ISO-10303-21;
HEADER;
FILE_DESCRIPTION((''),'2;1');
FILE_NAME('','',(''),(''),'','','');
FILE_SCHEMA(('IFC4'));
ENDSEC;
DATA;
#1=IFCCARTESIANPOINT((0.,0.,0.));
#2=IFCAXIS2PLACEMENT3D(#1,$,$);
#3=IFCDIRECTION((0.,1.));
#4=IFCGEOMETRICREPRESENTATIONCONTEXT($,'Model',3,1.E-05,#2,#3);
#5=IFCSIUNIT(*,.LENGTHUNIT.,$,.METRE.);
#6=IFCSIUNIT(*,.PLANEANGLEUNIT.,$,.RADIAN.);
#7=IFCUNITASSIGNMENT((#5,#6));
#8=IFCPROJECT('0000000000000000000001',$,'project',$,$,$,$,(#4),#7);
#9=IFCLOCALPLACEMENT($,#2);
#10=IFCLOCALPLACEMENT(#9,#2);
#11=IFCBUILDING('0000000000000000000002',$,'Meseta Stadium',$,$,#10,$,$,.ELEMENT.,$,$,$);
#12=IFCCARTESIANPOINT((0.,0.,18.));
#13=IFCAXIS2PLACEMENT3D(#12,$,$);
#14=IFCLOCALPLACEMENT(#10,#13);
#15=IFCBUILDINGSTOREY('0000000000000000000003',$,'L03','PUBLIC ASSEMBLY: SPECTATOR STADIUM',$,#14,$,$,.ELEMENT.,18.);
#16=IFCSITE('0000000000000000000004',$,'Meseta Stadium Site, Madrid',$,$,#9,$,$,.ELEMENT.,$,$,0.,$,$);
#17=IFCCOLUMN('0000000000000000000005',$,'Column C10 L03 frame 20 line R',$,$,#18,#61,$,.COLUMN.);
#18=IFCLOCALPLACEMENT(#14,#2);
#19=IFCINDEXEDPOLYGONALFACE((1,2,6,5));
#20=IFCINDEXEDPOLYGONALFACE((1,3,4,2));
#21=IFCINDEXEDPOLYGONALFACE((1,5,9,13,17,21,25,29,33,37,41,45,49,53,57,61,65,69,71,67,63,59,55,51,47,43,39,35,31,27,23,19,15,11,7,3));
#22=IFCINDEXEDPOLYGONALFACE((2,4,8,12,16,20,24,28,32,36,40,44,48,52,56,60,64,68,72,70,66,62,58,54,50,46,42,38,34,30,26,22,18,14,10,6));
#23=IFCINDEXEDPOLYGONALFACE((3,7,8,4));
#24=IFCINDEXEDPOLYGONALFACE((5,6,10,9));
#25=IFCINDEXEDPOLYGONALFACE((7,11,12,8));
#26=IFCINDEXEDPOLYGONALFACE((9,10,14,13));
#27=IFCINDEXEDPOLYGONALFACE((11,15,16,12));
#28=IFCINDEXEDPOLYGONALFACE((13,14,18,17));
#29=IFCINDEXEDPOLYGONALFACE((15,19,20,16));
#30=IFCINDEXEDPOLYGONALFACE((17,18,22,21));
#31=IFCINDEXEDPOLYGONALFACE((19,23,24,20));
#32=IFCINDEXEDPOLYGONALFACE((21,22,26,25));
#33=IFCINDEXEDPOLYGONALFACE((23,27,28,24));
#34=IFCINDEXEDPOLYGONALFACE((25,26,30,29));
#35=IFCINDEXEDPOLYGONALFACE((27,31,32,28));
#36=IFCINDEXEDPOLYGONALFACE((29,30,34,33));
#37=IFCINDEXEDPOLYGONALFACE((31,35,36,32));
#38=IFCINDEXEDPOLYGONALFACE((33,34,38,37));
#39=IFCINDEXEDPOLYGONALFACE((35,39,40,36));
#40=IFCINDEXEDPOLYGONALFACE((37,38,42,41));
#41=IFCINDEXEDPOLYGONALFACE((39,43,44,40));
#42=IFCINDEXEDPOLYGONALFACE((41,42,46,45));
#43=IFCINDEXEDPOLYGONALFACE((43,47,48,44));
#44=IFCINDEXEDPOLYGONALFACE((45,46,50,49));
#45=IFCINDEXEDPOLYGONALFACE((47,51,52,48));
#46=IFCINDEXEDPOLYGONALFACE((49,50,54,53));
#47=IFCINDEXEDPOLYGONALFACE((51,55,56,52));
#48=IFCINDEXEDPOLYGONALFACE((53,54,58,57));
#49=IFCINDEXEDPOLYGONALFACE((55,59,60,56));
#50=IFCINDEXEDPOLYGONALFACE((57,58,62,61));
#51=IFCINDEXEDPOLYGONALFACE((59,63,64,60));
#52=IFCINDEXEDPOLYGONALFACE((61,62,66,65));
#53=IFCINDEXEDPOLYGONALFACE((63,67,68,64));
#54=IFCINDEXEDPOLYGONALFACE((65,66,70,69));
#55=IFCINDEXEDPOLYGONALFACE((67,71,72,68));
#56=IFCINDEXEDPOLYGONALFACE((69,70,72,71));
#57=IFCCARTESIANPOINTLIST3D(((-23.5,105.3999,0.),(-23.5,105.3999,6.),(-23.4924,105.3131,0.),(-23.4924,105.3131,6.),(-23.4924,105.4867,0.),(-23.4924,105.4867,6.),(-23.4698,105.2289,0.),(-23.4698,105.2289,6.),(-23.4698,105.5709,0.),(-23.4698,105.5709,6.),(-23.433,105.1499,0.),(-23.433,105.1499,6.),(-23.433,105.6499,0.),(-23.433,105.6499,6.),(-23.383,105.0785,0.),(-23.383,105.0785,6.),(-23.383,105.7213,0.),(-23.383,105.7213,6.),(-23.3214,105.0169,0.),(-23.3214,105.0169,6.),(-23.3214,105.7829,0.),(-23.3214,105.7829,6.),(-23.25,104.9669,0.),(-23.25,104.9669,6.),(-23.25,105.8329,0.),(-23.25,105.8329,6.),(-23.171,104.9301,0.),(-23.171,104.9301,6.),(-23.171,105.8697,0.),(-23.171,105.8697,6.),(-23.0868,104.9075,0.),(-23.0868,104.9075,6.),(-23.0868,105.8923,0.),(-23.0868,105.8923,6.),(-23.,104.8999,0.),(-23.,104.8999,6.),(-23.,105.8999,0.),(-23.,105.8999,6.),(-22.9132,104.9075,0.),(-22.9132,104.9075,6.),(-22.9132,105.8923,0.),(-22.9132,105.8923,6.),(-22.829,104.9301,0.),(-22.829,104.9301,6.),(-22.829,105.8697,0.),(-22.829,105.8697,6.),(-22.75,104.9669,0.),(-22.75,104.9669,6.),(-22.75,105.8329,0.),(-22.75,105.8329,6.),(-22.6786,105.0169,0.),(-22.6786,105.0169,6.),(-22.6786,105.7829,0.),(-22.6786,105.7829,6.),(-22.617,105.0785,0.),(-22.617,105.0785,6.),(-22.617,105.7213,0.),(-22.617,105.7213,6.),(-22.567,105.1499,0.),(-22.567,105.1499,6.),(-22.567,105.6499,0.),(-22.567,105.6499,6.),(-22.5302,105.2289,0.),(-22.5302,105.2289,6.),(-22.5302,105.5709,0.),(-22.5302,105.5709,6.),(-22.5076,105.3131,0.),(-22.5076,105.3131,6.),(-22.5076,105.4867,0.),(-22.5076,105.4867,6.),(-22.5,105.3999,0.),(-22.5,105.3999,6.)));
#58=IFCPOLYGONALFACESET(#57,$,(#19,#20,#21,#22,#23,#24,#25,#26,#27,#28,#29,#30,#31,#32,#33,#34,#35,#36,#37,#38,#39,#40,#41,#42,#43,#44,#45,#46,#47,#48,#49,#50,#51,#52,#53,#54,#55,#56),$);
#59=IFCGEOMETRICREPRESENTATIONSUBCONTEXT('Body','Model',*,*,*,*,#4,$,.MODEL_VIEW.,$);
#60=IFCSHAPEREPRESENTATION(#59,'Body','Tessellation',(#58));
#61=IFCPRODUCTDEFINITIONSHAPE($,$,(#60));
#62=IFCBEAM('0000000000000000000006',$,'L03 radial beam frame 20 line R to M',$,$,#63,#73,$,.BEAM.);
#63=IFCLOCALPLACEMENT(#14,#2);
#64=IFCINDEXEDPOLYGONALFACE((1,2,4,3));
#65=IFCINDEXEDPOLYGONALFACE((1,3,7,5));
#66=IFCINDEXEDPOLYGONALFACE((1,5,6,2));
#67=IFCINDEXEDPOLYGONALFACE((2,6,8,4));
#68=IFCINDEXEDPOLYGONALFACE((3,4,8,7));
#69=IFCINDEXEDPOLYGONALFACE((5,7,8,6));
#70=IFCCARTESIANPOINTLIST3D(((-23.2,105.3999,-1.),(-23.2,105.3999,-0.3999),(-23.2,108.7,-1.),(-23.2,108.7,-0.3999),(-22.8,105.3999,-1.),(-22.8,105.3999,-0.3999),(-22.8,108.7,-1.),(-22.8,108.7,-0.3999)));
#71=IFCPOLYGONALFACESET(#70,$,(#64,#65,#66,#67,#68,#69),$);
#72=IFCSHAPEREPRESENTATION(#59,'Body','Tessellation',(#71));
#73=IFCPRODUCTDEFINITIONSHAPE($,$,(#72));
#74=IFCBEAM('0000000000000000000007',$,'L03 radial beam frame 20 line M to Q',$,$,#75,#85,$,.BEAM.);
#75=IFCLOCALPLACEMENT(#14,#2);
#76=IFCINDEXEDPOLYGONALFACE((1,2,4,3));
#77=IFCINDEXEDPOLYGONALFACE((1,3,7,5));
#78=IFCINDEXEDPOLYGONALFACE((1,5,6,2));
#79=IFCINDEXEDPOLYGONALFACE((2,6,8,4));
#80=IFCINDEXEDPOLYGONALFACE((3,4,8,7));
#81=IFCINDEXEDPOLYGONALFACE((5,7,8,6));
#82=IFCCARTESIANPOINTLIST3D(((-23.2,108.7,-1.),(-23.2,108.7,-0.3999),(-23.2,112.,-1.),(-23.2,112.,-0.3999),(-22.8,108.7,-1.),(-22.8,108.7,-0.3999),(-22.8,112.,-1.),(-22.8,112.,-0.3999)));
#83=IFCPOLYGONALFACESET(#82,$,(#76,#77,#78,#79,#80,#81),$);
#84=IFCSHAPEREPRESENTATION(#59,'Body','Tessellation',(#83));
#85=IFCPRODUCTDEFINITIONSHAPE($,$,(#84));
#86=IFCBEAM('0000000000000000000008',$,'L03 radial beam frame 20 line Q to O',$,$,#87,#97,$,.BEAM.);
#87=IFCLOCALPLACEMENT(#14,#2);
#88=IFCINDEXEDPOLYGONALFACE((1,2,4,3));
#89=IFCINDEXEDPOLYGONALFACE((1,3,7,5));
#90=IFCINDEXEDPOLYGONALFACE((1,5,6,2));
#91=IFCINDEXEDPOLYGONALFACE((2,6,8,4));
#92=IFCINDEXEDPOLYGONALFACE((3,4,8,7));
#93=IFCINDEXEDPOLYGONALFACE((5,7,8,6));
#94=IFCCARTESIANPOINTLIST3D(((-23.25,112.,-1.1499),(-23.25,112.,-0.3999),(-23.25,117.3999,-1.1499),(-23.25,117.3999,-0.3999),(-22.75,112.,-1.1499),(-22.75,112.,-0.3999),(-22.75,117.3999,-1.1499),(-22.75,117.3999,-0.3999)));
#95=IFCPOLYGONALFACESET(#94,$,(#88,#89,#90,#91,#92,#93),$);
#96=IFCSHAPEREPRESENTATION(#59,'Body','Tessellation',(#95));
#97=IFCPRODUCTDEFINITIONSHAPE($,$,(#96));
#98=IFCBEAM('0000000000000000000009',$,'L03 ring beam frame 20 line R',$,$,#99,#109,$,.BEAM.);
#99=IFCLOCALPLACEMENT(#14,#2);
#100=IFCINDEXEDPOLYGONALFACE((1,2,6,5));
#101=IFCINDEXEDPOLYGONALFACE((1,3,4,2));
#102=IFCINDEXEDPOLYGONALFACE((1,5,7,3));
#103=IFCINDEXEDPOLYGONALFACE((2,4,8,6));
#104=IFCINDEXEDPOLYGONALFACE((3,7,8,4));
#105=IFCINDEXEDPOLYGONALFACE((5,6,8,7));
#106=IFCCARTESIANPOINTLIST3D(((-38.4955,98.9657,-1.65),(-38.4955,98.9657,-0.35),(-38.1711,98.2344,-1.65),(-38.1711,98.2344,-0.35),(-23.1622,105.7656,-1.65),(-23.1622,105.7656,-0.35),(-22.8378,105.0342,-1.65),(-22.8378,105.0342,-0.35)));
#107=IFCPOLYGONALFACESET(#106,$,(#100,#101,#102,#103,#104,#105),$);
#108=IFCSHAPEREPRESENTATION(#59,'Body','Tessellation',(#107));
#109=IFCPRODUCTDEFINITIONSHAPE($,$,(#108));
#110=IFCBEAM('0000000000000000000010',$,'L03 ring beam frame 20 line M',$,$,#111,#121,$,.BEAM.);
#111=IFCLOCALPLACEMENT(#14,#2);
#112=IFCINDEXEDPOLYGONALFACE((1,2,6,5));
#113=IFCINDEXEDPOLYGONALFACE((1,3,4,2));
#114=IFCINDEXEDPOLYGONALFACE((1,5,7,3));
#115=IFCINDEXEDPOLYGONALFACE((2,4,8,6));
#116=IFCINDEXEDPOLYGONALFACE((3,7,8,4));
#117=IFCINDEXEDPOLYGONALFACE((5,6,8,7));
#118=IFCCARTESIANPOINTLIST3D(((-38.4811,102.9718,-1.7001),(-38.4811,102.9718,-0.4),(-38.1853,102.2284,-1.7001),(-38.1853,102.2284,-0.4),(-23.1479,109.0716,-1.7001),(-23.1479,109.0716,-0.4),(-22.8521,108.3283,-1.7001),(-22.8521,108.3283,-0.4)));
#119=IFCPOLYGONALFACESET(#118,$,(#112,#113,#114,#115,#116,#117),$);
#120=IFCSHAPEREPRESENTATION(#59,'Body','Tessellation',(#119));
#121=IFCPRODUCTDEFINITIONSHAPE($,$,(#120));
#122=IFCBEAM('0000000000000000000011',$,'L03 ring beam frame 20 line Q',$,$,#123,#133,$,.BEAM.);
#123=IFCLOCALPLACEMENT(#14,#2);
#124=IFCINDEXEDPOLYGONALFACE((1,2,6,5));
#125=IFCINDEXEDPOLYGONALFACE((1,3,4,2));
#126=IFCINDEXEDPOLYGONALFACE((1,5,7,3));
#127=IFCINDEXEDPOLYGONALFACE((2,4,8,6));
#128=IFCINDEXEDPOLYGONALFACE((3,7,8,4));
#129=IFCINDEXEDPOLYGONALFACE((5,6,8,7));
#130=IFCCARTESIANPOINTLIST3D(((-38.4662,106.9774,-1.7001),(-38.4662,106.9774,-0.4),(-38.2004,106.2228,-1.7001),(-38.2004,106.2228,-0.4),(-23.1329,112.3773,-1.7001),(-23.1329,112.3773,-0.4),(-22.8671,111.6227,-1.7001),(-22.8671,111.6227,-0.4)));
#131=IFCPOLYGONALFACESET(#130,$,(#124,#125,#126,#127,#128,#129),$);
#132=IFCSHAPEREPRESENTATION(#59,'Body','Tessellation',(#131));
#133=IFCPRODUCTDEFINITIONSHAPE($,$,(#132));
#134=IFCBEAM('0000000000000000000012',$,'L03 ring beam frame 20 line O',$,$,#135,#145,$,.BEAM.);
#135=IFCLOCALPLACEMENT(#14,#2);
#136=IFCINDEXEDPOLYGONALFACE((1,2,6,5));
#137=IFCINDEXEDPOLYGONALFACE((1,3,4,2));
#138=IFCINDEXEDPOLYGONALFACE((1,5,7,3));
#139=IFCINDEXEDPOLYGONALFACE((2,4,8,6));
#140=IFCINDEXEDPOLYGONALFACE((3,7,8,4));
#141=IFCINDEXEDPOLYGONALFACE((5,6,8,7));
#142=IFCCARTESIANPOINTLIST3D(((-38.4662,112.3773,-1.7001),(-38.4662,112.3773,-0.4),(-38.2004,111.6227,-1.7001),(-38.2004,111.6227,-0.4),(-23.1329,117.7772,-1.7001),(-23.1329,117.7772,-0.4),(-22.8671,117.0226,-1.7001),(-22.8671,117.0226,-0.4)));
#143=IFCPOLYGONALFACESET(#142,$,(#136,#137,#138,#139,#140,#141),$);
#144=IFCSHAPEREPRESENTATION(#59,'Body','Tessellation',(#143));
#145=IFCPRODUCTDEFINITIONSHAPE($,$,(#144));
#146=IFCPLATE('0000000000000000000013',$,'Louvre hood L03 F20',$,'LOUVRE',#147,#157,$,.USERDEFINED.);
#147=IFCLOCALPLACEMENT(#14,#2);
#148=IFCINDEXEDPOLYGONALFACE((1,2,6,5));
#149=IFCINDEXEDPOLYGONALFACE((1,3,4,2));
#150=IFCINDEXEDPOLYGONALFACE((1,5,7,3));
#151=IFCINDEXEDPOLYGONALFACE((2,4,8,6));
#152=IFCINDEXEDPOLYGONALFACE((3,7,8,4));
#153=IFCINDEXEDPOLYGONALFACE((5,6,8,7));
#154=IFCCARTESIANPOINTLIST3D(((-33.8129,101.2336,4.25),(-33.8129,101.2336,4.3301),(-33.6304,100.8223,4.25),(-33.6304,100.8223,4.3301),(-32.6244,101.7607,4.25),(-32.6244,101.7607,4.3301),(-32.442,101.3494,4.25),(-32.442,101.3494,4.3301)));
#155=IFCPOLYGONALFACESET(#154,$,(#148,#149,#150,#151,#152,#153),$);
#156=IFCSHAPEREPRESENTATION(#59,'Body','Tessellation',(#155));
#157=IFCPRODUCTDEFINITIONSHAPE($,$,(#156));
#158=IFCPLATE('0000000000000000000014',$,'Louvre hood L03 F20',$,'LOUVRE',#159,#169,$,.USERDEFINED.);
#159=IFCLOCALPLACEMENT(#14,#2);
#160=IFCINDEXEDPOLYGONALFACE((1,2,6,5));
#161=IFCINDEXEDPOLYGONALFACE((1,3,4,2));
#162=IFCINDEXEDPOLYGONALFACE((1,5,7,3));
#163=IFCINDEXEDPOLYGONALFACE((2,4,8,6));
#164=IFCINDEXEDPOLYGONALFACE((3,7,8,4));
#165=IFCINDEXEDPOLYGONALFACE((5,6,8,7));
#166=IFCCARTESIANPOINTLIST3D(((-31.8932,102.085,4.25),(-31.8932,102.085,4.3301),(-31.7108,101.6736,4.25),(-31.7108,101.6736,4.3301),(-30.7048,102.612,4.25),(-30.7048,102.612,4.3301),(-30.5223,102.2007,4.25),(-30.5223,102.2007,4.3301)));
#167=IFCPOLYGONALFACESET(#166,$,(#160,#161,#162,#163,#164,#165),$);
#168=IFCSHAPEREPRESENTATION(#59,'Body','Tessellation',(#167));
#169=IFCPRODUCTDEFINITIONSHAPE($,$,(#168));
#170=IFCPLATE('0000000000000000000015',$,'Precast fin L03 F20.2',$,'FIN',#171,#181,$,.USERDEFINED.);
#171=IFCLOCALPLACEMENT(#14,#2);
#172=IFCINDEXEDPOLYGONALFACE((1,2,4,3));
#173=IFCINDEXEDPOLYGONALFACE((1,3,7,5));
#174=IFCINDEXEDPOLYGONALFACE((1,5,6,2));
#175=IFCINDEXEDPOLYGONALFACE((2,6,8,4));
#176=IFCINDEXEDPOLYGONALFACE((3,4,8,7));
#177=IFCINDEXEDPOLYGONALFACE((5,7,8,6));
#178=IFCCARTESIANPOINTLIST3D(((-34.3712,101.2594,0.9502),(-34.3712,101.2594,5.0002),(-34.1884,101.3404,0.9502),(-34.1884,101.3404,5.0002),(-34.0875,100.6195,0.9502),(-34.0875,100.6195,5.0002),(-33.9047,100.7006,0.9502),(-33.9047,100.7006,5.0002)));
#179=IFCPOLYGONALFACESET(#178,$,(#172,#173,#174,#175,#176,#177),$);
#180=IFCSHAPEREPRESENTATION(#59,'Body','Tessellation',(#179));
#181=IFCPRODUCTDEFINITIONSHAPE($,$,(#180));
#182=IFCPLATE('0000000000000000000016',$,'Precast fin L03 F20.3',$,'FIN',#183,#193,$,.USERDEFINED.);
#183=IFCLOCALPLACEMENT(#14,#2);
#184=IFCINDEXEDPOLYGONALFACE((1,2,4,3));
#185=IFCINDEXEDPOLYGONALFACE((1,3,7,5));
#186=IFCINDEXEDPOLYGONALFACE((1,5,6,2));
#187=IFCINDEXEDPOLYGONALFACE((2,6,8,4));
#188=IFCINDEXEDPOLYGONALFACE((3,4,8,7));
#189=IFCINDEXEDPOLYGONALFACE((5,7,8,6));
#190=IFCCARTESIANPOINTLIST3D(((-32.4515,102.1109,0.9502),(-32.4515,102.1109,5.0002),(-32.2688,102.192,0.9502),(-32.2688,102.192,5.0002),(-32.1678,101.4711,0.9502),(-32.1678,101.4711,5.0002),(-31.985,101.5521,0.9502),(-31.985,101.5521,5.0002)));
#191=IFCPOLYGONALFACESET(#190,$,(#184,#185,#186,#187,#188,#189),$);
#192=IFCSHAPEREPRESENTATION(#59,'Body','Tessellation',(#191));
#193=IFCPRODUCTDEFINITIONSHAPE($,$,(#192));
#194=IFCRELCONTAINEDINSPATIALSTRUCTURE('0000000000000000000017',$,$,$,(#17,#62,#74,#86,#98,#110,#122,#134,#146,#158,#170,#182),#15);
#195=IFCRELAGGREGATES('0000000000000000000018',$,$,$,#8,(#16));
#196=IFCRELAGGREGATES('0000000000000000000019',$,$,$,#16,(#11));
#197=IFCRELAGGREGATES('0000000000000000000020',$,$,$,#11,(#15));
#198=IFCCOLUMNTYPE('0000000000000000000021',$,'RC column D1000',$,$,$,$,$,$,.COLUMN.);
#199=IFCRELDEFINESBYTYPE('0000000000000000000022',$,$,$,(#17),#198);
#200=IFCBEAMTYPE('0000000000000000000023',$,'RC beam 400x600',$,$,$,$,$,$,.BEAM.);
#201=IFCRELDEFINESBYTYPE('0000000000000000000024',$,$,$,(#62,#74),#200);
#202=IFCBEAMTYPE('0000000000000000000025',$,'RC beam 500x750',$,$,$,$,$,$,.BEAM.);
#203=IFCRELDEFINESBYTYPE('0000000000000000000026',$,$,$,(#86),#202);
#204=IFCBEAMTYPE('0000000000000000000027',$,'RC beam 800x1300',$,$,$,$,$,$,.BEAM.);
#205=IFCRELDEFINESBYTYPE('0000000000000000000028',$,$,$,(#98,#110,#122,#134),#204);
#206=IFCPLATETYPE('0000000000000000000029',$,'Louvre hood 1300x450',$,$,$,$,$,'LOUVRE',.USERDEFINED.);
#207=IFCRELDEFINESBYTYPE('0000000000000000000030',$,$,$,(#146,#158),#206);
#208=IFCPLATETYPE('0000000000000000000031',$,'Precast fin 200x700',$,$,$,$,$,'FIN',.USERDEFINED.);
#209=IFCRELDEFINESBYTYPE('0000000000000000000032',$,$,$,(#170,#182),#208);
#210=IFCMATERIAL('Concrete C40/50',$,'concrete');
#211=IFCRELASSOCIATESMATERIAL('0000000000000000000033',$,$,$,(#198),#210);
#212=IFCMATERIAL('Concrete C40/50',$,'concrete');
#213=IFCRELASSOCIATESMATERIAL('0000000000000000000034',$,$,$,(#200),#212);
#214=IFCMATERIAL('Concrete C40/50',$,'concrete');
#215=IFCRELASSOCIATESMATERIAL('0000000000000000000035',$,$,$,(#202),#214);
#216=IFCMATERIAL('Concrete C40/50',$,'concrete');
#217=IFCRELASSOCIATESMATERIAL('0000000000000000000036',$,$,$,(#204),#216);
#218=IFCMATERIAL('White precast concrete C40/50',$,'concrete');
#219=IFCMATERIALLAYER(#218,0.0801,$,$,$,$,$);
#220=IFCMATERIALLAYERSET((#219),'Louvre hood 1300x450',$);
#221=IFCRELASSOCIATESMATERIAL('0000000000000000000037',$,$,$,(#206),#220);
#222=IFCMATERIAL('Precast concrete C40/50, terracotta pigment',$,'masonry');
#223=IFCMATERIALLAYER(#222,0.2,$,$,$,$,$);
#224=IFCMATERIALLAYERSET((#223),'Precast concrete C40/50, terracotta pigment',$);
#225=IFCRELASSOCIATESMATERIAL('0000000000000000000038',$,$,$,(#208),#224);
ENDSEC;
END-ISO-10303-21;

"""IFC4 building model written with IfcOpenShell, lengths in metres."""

from ifc_helpers import new_model, si_unit, direction, frame, origin, origin_2d, place, context, subcontext, project, spatial, rectangle, circle, extrude, material, layer, layer_set, material_profile, profile_set, type_object, element, save


model = new_model("IFC4")

# Units and contexts
model_context = context("Model", 3, precision=1e-05, world=origin(), true_north=direction((0.0, 1.0)))
body_context = subcontext(model_context, "Body", "Model", "MODEL_VIEW")
ifc_project = project(units=[si_unit("LENGTHUNIT", "METRE"), si_unit("PLANEANGLEUNIT", "RADIAN")], contexts=[model_context])

# Site, building, storey
site_placement = place(None, origin())
site = spatial("IfcSite", under=ifc_project, at=site_placement, Name="Meseta Stadium Site, Madrid", CompositionType="ELEMENT", RefElevation=0.0)
building_placement = place(site_placement, origin())
building = spatial("IfcBuilding", under=site, at=building_placement, Name="Meseta Stadium", CompositionType="ELEMENT")
storey_placement = place(building_placement, frame((0.0, 0.0, 18.0)))
storey = spatial("IfcBuildingStorey", under=building, at=storey_placement, Name="L03", Description="PUBLIC ASSEMBLY: SPECTATOR STADIUM", CompositionType="ELEMENT", Elevation=18.0)

# Column
ifc_material_1 = material(Name="Concrete C40/50", Category="concrete")
ifc_material_profile_1 = material_profile(ifc_material_1, circle(Radius=0.5, at=origin_2d()), Name="RC D1000")
ifc_profile_set_1 = profile_set([ifc_material_profile_1], Name="Concrete C40/50")
column_type = type_object("IfcColumnType", Name="RC column D1000", PredefinedType="COLUMN", material=ifc_profile_set_1)
column_placement = place(storey_placement, frame((-23.0, 105.3999, 0.0), z_axis=(0.0, 0.0, 1.0), x_axis=(1.0, 0.0, 0.0)))
element("IfcColumn", 1, at=column_placement, inside=storey, type_object=column_type, Name="Column C10 L03 frame 20 line R", PredefinedType="COLUMN", context=body_context, shape_type="SweptSolid", body=[
    extrude(circle(Radius=0.5, at=origin_2d()), origin(), (0.0, 0.0, 1.0), 6.0),
])

# Beams
ifc_material_2 = material(Name="Concrete C40/50", Category="concrete")
ifc_material_profile_2 = material_profile(ifc_material_2, rectangle(XDim=0.3999, YDim=0.6001, at=origin_2d()), Name="RC 400x600")
ifc_profile_set_2 = profile_set([ifc_material_profile_2], Name="Concrete C40/50")
beam_type_1 = type_object("IfcBeamType", Name="RC beam 400x600", PredefinedType="BEAM", material=ifc_profile_set_2)
for number, where, z_axis, x_axis, name in (
    (2, (-23.0, 105.3999, -0.7), (0.0, 1.0, 0.0), (-1.0, 0.0, 0.0), "L03 radial beam frame 20 line R to M"),
    (3, (-23.0, 108.7, -0.7), (0.0, 1.0, 0.0), (-1.0, 0.0, 0.0), "L03 radial beam frame 20 line M to Q"),
):
    element("IfcBeam", number, at=place(storey_placement, frame(where, z_axis=z_axis, x_axis=x_axis)), inside=storey, type_object=beam_type_1, Name=name, PredefinedType="BEAM", context=body_context, shape_type="SweptSolid", body=[
        extrude(rectangle(XDim=0.3999, YDim=0.6001, at=origin_2d()), origin(), (0.0, 0.0, 1.0), 3.3),
    ])
ifc_material_3 = material(Name="Concrete C40/50", Category="concrete")
ifc_material_profile_3 = material_profile(ifc_material_3, rectangle(XDim=0.5, YDim=0.75, at=origin_2d()), Name="RC 500x750")
ifc_profile_set_3 = profile_set([ifc_material_profile_3], Name="Concrete C40/50")
beam_type_2 = type_object("IfcBeamType", Name="RC beam 500x750", PredefinedType="BEAM", material=ifc_profile_set_3)
beam_1_placement = place(storey_placement, frame((-23.0, 112.0, -0.7749), z_axis=(0.0, 1.0, 0.0), x_axis=(-1.0, 0.0, 0.0)))
element("IfcBeam", 4, at=beam_1_placement, inside=storey, type_object=beam_type_2, Name="L03 radial beam frame 20 line Q to O", PredefinedType="BEAM", context=body_context, shape_type="SweptSolid", body=[
    extrude(rectangle(XDim=0.5, YDim=0.75, at=origin_2d()), origin(), (0.0, 0.0, 1.0), 5.3999),
])
ifc_material_4 = material(Name="Concrete C40/50", Category="concrete")
ifc_material_profile_4 = material_profile(ifc_material_4, rectangle(XDim=0.8, YDim=1.3, at=origin_2d()), Name="RC 800x1300")
ifc_profile_set_4 = profile_set([ifc_material_profile_4], Name="Concrete C40/50")
beam_type_3 = type_object("IfcBeamType", Name="RC beam 800x1300", PredefinedType="BEAM", material=ifc_profile_set_4)
beam_2_placement = place(storey_placement, frame((-23.0, 105.3999, -1.0), z_axis=(-0.914143, -0.405393, 0.0), x_axis=(0.405393, -0.914143, 0.0)))
element("IfcBeam", 5, at=beam_2_placement, inside=storey, type_object=beam_type_3, Name="L03 ring beam frame 20 line R", PredefinedType="BEAM", context=body_context, shape_type="SweptSolid", body=[
    extrude(rectangle(XDim=0.8, YDim=1.3, at=origin_2d()), origin(), (0.0, 0.0, 1.0), 16.7734),
])
beam_3_placement = place(storey_placement, frame((-23.0, 108.7, -1.05), z_axis=(-0.929174, -0.369643, 0.0), x_axis=(0.369643, -0.929174, 0.0)))
element("IfcBeam", 6, at=beam_3_placement, inside=storey, type_object=beam_type_3, Name="L03 ring beam frame 20 line M", PredefinedType="BEAM", context=body_context, shape_type="SweptSolid", body=[
    extrude(rectangle(XDim=0.8, YDim=1.3, at=origin_2d()), origin(), (0.0, 0.0, 1.0), 16.502),
])
for number, where, z_axis, x_axis, name in (
    (7, (-23.0, 112.0, -1.05), (-0.943219, -0.332173, 0.0), (0.332173, -0.943219, 0.0), "L03 ring beam frame 20 line Q"),
    (8, (-23.0, 117.3999, -1.05), (-0.943219, -0.332173, 0.0), (0.332173, -0.943219, 0.0), "L03 ring beam frame 20 line O"),
):
    element("IfcBeam", number, at=place(storey_placement, frame(where, z_axis=z_axis, x_axis=x_axis)), inside=storey, type_object=beam_type_3, Name=name, PredefinedType="BEAM", context=body_context, shape_type="SweptSolid", body=[
        extrude(rectangle(XDim=0.8, YDim=1.3, at=origin_2d()), origin(), (0.0, 0.0, 1.0), 16.2563),
    ])

# Plates
ifc_material_5 = material(Name="White precast concrete C40/50", Category="concrete")
ifc_layer_1 = layer(ifc_material_5, 0.0801)
ifc_layer_set_1 = layer_set([ifc_layer_1], Name="Louvre hood 1300x450")
plate_type_1 = type_object("IfcPlateType", Name="Louvre hood 1300x450", ElementType="LOUVRE", PredefinedType="USERDEFINED", material=ifc_layer_set_1)
for number, where, z_axis, x_axis, name in (
    (9, (-33.1274, 101.2915, 4.25), (0.0, 0.0, 1.0), (-0.914139, -0.405401, 0.0), "Louvre hood L03 F20"),
    (10, (-31.2078, 102.1428, 4.25), (0.0, 0.0, 1.0), (-0.914139, -0.405401, 0.0), "Louvre hood L03 F20"),
):
    element("IfcPlate", number, at=place(storey_placement, frame(where, z_axis=z_axis, x_axis=x_axis)), inside=storey, type_object=plate_type_1, Name=name, ObjectType="LOUVRE", PredefinedType="USERDEFINED", context=body_context, shape_type="SweptSolid", body=[
        extrude(rectangle(XDim=1.3, YDim=0.45, at=origin_2d()), origin(), (0.0, 0.0, 1.0), 0.0801),
    ])
ifc_material_6 = material(Name="Precast concrete C40/50, terracotta pigment", Category="masonry")
ifc_layer_2 = layer(ifc_material_6, 0.2)
ifc_layer_set_2 = layer_set([ifc_layer_2], Name="Precast concrete C40/50, terracotta pigment")
plate_type_2 = type_object("IfcPlateType", Name="Precast fin 200x700", ElementType="FIN", PredefinedType="USERDEFINED", material=ifc_layer_set_2)
for number, where, z_axis, x_axis, name in (
    (11, (-34.1379, 100.98, 0.9502), (0.0, 0.0, 1.0), (0.914139, 0.4054, 0.0), "Precast fin L03 F20.2"),
    (12, (-32.2183, 101.8315, 0.9502), (0.0, 0.0, 1.0), (0.914139, 0.4054, 0.0), "Precast fin L03 F20.3"),
):
    element("IfcPlate", number, at=place(storey_placement, frame(where, z_axis=z_axis, x_axis=x_axis)), inside=storey, type_object=plate_type_2, Name=name, ObjectType="FIN", PredefinedType="USERDEFINED", context=body_context, shape_type="SweptSolid", body=[
        extrude(rectangle(XDim=0.2, YDim=0.7, at=origin_2d()), origin(), (0.0, 0.0, 1.0), 4.05),
    ])

save(model, "model.ifc")
